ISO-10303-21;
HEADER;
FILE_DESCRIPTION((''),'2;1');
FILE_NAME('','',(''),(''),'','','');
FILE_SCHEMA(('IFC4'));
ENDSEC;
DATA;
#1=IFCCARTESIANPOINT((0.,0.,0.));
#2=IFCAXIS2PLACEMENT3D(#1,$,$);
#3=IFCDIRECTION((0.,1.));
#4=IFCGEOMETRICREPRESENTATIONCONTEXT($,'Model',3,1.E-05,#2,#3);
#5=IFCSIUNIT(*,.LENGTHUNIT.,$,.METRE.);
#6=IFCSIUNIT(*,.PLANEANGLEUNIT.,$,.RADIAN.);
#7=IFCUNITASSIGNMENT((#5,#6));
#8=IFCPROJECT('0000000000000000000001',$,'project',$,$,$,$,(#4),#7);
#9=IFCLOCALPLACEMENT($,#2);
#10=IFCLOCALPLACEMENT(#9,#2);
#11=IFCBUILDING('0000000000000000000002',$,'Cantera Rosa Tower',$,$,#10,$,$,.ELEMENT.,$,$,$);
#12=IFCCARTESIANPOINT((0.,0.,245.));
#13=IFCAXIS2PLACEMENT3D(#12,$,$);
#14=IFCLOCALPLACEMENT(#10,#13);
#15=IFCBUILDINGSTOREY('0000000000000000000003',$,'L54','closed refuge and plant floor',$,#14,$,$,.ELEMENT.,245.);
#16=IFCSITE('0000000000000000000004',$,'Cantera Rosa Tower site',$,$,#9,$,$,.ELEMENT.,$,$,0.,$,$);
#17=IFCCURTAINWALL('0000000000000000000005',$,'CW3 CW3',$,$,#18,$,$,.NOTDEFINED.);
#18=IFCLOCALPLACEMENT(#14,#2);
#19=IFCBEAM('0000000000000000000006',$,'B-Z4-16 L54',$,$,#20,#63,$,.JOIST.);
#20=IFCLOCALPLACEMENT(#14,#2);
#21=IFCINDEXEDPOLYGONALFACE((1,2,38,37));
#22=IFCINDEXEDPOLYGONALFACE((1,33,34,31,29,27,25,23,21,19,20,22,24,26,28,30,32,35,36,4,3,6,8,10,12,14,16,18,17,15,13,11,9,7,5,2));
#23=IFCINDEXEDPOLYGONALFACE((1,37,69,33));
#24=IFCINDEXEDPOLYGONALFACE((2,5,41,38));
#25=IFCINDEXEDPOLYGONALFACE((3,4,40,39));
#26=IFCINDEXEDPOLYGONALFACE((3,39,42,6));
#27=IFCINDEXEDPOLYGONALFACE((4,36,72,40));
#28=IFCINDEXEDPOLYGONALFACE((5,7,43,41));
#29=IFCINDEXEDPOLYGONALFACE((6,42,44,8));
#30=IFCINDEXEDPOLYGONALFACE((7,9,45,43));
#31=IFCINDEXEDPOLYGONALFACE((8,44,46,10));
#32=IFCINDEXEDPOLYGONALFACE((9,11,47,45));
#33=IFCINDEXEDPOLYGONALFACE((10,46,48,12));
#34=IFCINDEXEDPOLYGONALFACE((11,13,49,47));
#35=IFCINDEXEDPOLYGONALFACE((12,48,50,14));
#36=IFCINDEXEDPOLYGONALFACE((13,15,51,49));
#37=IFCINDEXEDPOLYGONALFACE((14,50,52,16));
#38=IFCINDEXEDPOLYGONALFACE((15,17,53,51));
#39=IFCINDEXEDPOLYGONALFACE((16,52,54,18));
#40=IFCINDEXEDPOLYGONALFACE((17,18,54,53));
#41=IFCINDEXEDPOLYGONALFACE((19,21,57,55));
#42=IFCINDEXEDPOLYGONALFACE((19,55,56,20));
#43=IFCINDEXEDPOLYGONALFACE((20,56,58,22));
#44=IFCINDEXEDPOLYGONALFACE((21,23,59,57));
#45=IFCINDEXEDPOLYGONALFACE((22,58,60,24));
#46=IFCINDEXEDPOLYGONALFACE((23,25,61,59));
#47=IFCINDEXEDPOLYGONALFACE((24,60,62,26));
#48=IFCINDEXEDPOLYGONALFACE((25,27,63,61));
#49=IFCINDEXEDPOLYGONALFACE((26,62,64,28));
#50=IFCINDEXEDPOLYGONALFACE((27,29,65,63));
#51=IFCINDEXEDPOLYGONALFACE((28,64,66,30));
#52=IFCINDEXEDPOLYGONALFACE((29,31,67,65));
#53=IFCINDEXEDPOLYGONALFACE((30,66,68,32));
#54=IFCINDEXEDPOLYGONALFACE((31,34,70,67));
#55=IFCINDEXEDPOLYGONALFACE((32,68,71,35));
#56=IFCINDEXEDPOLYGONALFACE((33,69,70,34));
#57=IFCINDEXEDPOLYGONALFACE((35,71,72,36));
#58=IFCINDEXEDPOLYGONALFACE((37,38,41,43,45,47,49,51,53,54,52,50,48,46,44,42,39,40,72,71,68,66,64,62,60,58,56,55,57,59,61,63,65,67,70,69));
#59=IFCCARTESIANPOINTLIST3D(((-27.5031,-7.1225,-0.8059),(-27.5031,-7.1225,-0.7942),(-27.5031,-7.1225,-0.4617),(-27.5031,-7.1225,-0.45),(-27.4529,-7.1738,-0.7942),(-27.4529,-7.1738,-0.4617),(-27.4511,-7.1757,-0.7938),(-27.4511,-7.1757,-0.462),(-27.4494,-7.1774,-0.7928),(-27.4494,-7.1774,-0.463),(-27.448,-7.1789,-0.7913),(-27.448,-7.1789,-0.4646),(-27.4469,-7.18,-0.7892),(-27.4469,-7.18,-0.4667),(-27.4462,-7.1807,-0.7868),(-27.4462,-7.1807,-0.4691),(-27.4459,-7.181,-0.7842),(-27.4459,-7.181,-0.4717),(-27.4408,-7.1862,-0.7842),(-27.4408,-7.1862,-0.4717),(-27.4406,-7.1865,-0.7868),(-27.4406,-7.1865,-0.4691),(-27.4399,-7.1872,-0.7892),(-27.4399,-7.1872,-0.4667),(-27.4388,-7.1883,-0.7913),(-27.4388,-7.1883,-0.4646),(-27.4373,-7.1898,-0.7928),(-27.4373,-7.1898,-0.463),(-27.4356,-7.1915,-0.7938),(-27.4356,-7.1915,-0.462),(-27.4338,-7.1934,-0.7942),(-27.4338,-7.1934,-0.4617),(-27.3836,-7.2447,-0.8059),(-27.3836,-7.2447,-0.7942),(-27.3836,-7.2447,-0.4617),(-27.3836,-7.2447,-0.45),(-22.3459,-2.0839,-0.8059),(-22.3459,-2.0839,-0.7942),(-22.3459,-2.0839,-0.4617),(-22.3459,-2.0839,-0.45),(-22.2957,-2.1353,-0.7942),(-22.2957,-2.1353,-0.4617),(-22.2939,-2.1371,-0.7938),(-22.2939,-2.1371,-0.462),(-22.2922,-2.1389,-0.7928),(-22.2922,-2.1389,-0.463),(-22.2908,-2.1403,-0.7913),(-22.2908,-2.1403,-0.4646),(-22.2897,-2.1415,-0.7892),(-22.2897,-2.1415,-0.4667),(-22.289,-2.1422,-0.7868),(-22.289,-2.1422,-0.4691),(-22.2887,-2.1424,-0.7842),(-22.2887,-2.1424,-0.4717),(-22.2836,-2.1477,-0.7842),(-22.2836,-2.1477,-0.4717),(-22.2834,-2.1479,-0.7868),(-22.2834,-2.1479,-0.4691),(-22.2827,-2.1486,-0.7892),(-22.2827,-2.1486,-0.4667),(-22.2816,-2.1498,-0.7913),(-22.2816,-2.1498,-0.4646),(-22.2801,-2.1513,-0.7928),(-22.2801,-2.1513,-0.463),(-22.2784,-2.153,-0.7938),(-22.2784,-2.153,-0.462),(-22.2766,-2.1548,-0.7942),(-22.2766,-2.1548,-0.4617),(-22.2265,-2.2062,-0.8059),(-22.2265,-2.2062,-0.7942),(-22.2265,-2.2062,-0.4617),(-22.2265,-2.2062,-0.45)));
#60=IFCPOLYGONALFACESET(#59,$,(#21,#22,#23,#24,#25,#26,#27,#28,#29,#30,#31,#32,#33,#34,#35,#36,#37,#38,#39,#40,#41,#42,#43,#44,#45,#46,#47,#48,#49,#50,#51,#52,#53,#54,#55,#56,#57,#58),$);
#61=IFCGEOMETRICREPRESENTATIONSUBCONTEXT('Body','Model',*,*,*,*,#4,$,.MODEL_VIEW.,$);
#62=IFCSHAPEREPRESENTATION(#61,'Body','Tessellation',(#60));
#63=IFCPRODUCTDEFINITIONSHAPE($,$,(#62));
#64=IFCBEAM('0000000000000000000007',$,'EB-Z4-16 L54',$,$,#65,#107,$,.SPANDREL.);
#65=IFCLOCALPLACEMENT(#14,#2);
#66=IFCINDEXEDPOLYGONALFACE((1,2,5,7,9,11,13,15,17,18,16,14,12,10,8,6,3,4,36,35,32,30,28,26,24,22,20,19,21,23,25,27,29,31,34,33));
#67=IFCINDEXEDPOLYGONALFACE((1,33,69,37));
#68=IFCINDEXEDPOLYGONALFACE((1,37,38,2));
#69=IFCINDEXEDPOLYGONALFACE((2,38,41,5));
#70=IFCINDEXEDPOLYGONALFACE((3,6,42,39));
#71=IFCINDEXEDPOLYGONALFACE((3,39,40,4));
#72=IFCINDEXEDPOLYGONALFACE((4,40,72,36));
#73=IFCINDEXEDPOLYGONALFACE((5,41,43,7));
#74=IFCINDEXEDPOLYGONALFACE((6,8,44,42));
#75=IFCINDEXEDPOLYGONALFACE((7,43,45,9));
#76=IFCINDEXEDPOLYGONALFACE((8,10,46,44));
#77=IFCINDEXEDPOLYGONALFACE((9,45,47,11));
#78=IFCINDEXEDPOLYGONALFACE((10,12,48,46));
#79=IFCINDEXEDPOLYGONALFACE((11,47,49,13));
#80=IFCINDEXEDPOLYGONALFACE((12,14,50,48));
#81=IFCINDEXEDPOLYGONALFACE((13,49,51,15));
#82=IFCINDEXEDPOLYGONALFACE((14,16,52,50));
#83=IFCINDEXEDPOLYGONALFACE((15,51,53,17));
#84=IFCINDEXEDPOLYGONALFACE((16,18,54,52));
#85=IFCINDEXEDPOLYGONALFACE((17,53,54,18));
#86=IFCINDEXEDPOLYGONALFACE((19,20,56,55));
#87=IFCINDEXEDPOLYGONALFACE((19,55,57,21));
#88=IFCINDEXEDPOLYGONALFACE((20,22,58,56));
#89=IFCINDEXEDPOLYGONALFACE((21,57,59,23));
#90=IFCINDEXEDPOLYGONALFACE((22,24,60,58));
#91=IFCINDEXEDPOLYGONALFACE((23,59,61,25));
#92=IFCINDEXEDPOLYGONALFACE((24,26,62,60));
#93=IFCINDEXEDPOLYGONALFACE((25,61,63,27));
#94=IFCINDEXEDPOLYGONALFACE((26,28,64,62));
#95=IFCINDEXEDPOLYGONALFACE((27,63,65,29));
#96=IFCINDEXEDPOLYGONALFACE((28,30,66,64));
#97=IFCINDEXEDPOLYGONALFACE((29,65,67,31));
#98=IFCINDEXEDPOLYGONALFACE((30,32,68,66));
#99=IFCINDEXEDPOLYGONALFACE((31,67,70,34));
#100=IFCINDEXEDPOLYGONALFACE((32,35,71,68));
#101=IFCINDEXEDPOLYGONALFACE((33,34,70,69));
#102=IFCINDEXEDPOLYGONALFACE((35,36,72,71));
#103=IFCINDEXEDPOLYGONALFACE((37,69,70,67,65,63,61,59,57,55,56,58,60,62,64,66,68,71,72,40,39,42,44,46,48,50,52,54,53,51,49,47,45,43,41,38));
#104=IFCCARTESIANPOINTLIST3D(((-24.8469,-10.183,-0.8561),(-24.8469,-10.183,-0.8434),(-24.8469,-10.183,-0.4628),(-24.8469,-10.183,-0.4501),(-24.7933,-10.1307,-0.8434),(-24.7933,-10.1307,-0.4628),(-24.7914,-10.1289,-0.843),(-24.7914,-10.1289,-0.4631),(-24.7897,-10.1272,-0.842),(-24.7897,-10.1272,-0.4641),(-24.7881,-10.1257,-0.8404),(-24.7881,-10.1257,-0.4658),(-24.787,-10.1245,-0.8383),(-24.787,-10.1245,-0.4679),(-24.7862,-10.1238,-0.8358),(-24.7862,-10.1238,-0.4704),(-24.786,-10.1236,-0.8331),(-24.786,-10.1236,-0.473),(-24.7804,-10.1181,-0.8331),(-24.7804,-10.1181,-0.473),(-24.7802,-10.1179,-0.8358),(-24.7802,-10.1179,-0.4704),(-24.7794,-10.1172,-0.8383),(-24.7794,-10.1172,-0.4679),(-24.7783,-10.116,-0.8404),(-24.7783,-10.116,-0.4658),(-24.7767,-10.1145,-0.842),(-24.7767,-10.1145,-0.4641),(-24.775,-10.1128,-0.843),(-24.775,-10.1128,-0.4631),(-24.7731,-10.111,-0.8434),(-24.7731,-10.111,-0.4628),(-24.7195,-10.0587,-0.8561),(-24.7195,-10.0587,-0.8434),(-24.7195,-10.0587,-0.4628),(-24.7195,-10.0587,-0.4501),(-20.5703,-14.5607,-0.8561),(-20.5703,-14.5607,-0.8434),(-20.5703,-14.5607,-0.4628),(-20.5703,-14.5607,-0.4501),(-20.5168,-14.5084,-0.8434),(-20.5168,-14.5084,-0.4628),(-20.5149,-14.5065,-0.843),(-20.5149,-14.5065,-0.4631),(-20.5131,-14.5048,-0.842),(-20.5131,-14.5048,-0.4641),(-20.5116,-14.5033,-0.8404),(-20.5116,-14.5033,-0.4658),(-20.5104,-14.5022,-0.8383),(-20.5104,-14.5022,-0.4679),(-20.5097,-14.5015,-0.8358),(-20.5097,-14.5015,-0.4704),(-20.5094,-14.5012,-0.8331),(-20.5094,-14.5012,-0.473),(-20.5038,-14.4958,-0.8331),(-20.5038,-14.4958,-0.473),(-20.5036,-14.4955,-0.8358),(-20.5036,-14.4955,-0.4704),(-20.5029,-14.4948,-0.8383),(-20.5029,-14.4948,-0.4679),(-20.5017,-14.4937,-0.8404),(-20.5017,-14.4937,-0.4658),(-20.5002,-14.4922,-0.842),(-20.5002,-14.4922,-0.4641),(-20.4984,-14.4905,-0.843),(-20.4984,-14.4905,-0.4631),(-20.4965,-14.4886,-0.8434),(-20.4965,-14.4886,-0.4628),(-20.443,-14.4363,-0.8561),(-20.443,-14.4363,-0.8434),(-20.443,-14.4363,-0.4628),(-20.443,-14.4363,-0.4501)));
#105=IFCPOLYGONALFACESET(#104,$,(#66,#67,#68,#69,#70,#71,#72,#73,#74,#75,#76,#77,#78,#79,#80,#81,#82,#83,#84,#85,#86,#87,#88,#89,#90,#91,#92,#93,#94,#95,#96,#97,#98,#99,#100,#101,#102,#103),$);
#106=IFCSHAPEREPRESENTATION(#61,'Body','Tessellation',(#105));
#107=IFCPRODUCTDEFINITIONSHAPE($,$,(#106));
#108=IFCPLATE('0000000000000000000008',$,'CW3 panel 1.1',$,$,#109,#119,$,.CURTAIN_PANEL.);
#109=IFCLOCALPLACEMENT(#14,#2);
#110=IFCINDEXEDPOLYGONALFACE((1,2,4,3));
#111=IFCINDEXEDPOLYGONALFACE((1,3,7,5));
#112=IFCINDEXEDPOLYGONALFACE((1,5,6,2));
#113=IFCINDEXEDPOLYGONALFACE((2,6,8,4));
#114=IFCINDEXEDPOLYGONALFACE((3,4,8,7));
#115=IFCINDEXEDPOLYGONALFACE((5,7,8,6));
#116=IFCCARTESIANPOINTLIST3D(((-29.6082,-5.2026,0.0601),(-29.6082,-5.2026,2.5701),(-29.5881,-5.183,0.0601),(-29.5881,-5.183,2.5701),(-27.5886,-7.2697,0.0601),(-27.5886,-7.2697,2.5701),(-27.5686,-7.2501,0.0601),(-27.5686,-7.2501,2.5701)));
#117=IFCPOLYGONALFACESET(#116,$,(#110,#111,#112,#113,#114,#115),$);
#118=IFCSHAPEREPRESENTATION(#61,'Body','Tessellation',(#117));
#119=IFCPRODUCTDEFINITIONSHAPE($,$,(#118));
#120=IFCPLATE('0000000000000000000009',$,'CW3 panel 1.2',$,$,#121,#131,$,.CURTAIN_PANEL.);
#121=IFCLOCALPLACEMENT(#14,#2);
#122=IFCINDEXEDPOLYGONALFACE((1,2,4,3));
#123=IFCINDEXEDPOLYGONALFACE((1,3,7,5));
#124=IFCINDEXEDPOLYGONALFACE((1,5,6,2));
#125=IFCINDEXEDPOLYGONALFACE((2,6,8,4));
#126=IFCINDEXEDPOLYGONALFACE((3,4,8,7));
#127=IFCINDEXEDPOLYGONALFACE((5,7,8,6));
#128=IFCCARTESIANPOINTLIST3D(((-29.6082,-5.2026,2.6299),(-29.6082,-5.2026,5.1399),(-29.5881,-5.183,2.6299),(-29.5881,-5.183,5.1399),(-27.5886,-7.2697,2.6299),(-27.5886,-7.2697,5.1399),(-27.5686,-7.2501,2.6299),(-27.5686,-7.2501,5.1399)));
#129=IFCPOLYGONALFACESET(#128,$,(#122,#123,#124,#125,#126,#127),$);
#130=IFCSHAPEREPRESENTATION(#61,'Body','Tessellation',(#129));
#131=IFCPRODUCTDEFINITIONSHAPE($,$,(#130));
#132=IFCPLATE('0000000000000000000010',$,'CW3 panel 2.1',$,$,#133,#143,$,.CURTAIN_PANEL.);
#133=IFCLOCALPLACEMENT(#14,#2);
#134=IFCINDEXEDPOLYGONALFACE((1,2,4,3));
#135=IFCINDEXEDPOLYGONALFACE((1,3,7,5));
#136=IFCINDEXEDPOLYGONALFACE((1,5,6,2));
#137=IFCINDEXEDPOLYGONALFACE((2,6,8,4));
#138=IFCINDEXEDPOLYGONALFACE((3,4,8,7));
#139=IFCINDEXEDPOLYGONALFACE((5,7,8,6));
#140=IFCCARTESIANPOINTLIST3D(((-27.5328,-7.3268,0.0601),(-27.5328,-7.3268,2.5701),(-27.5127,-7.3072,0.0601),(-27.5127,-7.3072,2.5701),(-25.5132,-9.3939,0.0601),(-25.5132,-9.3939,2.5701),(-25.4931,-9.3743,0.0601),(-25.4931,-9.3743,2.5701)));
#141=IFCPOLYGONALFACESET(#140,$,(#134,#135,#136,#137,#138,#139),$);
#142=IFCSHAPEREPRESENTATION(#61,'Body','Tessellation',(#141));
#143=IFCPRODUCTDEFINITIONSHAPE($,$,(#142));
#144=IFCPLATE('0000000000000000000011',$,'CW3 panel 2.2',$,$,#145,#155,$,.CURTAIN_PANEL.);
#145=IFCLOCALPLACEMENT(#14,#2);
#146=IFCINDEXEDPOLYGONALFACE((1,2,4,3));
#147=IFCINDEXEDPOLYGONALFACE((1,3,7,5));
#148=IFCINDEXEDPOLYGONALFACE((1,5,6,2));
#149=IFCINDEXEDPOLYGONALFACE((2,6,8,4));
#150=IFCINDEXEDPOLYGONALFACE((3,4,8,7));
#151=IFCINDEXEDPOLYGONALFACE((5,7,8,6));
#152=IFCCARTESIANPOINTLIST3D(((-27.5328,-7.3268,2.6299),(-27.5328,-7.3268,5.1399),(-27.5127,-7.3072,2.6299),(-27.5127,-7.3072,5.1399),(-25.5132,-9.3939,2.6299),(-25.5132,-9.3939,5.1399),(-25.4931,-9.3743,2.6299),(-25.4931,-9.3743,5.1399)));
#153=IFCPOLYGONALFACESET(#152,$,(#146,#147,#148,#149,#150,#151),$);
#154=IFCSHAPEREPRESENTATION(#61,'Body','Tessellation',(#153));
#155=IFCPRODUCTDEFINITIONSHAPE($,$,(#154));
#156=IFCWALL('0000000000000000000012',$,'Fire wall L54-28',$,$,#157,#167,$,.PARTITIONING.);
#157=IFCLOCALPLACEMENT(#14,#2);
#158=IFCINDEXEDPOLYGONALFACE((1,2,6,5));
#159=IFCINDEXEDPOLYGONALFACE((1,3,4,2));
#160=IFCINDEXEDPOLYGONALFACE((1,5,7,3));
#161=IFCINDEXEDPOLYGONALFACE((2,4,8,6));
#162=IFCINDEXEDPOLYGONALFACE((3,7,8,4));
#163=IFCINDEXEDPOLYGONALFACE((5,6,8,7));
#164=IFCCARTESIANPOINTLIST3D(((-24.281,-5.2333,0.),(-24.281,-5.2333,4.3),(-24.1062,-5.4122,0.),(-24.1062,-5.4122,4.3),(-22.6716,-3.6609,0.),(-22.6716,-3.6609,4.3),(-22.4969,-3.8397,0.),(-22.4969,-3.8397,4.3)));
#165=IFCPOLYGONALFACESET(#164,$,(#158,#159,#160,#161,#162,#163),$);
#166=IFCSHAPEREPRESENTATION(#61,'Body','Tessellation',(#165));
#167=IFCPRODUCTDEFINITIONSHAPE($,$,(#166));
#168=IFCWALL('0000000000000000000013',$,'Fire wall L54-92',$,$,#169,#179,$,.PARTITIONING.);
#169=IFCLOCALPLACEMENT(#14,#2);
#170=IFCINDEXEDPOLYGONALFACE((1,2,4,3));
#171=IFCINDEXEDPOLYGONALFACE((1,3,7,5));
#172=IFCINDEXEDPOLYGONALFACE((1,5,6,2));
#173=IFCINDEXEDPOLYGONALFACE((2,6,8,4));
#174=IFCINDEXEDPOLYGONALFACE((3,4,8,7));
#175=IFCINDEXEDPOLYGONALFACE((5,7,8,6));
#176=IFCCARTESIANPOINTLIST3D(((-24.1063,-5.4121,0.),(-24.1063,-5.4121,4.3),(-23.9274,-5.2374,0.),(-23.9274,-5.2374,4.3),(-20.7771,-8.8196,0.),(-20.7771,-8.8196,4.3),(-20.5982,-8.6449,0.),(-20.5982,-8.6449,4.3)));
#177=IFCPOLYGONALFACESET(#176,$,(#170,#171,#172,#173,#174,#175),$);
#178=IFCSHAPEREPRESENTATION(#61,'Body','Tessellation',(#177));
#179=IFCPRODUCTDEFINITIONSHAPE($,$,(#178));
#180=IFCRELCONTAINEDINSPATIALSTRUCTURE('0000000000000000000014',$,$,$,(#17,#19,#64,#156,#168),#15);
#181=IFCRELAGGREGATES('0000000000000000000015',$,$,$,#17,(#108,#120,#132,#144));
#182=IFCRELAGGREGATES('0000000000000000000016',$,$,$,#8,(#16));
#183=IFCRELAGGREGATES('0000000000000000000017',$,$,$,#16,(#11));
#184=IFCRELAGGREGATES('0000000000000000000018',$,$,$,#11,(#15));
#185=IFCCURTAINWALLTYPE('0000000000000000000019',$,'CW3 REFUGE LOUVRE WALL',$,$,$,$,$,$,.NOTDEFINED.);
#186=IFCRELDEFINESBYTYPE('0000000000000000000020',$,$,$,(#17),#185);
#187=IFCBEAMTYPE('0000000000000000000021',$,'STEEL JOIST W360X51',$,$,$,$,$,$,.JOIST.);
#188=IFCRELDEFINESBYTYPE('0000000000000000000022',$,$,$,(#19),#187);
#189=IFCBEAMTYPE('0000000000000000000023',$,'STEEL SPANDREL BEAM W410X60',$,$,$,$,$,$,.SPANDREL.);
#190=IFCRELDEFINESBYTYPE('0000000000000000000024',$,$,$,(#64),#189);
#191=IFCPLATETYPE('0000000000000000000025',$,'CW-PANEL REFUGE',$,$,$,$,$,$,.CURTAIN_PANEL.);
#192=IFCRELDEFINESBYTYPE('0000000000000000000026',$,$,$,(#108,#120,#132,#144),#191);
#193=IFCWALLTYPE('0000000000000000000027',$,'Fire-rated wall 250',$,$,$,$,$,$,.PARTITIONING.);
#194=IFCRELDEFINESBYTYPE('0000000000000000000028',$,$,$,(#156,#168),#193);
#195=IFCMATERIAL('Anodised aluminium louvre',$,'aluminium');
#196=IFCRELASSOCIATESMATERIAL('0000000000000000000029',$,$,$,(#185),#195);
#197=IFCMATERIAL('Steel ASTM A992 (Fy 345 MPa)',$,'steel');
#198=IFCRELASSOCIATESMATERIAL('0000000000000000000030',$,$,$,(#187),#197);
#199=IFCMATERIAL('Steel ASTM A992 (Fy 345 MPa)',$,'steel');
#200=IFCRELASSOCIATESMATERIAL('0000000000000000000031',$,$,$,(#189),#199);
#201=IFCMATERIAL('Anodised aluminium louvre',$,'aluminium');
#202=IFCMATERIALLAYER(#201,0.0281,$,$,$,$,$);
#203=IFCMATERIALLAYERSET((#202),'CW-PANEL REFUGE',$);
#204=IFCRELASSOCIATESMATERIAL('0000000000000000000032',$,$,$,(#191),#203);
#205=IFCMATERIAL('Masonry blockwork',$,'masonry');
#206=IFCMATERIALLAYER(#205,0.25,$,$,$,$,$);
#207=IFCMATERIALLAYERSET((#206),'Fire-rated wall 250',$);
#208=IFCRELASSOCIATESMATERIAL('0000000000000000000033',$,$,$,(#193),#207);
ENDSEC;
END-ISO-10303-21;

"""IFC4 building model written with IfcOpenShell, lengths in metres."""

from ifc_helpers import new_model, si_unit, direction, frame, frame_2d, origin, origin_2d, place, context, subcontext, project, spatial, rectangle, i_section, extrude, material, layer, layer_set, material_profile, profile_set, type_object, element, aggregate, save


model = new_model("IFC4")

# Units and contexts
model_context = context("Model", 3, precision=1e-05, world=origin(), true_north=direction((0.0, 1.0)))
body_context = subcontext(model_context, "Body", "Model", "MODEL_VIEW")
ifc_project = project(units=[si_unit("LENGTHUNIT", "METRE"), si_unit("PLANEANGLEUNIT", "RADIAN")], contexts=[model_context])

# Site, building, storey
site_placement = place(None, origin())
site = spatial("IfcSite", under=ifc_project, at=site_placement, Name="Cantera Rosa Tower site", CompositionType="ELEMENT", RefElevation=0.0)
building_placement = place(site_placement, origin())
building = spatial("IfcBuilding", under=site, at=building_placement, Name="Cantera Rosa Tower", CompositionType="ELEMENT")
storey_placement = place(building_placement, frame((0.0, 0.0, 245.0)))
storey = spatial("IfcBuildingStorey", under=building, at=storey_placement, Name="L54", Description="closed refuge and plant floor", CompositionType="ELEMENT", Elevation=245.0)

# Curtain wall
ifc_material_1 = material(Name="Anodised aluminium louvre", Category="aluminium")
curtain_wall_type = type_object("IfcCurtainWallType", Name="CW3 REFUGE LOUVRE WALL", PredefinedType="NOTDEFINED", material=ifc_material_1)
curtain_wall_1_placement = place(storey_placement, origin())
curtain_wall_1 = element("IfcCurtainWall", 1, at=curtain_wall_1_placement, inside=storey, type_object=curtain_wall_type, Name="CW3 CW3", PredefinedType="NOTDEFINED")

# Beams
ifc_material_2 = material(Name="Steel ASTM A992 (Fy 345 MPa)", Category="steel")
ifc_material_profile_1 = material_profile(ifc_material_2, i_section(OverallWidth=0.1709, OverallDepth=0.356, WebThickness=0.0073, FlangeThickness=0.0117, FilletRadius=0.01, at=origin_2d()), Name="W360X51")
ifc_profile_set_1 = profile_set([ifc_material_profile_1], Name="Steel ASTM A992 (Fy 345 MPa)")
beam_type_1 = type_object("IfcBeamType", Name="STEEL JOIST W360X51", PredefinedType="JOIST", material=ifc_profile_set_1)
beam_1_placement = place(storey_placement, frame((-27.4434, -7.1836, -0.6279), z_axis=(0.715287, 0.698831, 0.0), x_axis=(-0.698831, 0.715287, 0.0)))
element("IfcBeam", 2, at=beam_1_placement, inside=storey, type_object=beam_type_1, Name="B-Z4-16 L54", PredefinedType="JOIST", context=body_context, shape_type="SweptSolid", body=[
    extrude(i_section(OverallWidth=0.1709, OverallDepth=0.356, WebThickness=0.0073, FlangeThickness=0.0117, FilletRadius=0.01, at=origin_2d()), origin(), (0.0, 0.0, 1.0), 7.21),
])
ifc_material_3 = material(Name="Steel ASTM A992 (Fy 345 MPa)", Category="steel")
ifc_material_profile_2 = material_profile(ifc_material_3, i_section(OverallWidth=0.178, OverallDepth=0.406, WebThickness=0.0078, FlangeThickness=0.0127, FilletRadius=0.0103, at=origin_2d()), Name="W410X60")
ifc_profile_set_2 = profile_set([ifc_material_profile_2], Name="Steel ASTM A992 (Fy 345 MPa)")
beam_type_2 = type_object("IfcBeamType", Name="STEEL SPANDREL BEAM W410X60", PredefinedType="SPANDREL", material=ifc_profile_set_2)
beam_2_placement = place(storey_placement, frame((-24.7832, -10.1208, -0.6531), z_axis=(0.698801, -0.715316, 0.0), x_axis=(0.715316, 0.698801, 0.0)))
element("IfcBeam", 3, at=beam_2_placement, inside=storey, type_object=beam_type_2, Name="EB-Z4-16 L54", PredefinedType="SPANDREL", context=body_context, shape_type="SweptSolid", body=[
    extrude(i_section(OverallWidth=0.178, OverallDepth=0.406, WebThickness=0.0078, FlangeThickness=0.0127, FilletRadius=0.0103, at=origin_2d()), origin(), (0.0, 0.0, 1.0), 6.1199),
])

# Plates
ifc_material_4 = material(Name="Anodised aluminium louvre", Category="aluminium")
ifc_layer_1 = layer(ifc_material_4, 0.0281)
ifc_layer_set_1 = layer_set([ifc_layer_1], Name="CW-PANEL REFUGE")
plate_type = type_object("IfcPlateType", Name="CW-PANEL REFUGE", PredefinedType="CURTAIN_PANEL", material=ifc_layer_set_1)
plate_1_placement = place(storey_placement, frame((-28.5884, -6.2263, 0.0601), z_axis=(0.0, 0.0, 1.0), x_axis=(0.698832, -0.715286, 0.0)))
plate_1 = element("IfcPlate", 4, at=plate_1_placement, type_object=plate_type, Name="CW3 panel 1.1", PredefinedType="CURTAIN_PANEL", context=body_context, shape_type="SweptSolid", body=[
    extrude(rectangle(XDim=2.8899, YDim=0.0281, at=origin_2d()), origin(), (0.0, 0.0, 1.0), 2.51),
])
plate_2_placement = place(storey_placement, frame((-28.5884, -6.2263, 2.6299), z_axis=(0.0, 0.0, 1.0), x_axis=(0.698832, -0.715286, 0.0)))
plate_2 = element("IfcPlate", 5, at=plate_2_placement, type_object=plate_type, Name="CW3 panel 1.2", PredefinedType="CURTAIN_PANEL", context=body_context, shape_type="SweptSolid", body=[
    extrude(rectangle(XDim=2.8899, YDim=0.0281, at=origin_2d()), origin(), (0.0, 0.0, 1.0), 2.51),
])
plate_3_placement = place(storey_placement, frame((-26.5129, -8.3506, 0.0601), z_axis=(0.0, 0.0, 1.0), x_axis=(0.698832, -0.715286, 0.0)))
plate_3 = element("IfcPlate", 6, at=plate_3_placement, type_object=plate_type, Name="CW3 panel 2.1", PredefinedType="CURTAIN_PANEL", context=body_context, shape_type="SweptSolid", body=[
    extrude(rectangle(XDim=2.8899, YDim=0.0281, at=origin_2d()), origin(), (0.0, 0.0, 1.0), 2.51),
])
plate_4_placement = place(storey_placement, frame((-26.5129, -8.3506, 2.6299), z_axis=(0.0, 0.0, 1.0), x_axis=(0.698832, -0.715286, 0.0)))
plate_4 = element("IfcPlate", 7, at=plate_4_placement, type_object=plate_type, Name="CW3 panel 2.2", PredefinedType="CURTAIN_PANEL", context=body_context, shape_type="SweptSolid", body=[
    extrude(rectangle(XDim=2.8899, YDim=0.0281, at=origin_2d()), origin(), (0.0, 0.0, 1.0), 2.51),
])
aggregate(curtain_wall_1, [plate_1, plate_2, plate_3, plate_4])

# Walls
ifc_material_5 = material(Name="Masonry blockwork", Category="masonry")
ifc_layer_2 = layer(ifc_material_5, 0.25)
ifc_layer_set_2 = layer_set([ifc_layer_2], Name="Fire-rated wall 250")
wall_type = type_object("IfcWallType", Name="Fire-rated wall 250", PredefinedType="PARTITIONING", material=ifc_layer_set_2)
wall_1_placement = place(storey_placement, frame((-24.1936, -5.3228, 0.0), z_axis=(0.0, 0.0, 1.0), x_axis=(0.715251, 0.698867, 0.0)))
element("IfcWall", 8, at=wall_1_placement, inside=storey, type_object=wall_type, Name="Fire wall L54-28", PredefinedType="PARTITIONING", context=body_context, shape_type="SweptSolid", body=[
    extrude(rectangle(XDim=2.25, YDim=0.25, at=frame_2d((1.125, 0.0))), origin(), (0.0, 0.0, 1.0), 4.3),
])
wall_2_placement = place(storey_placement, frame((-20.6877, -8.7322, 0.0), z_axis=(0.0, 0.0, 1.0), x_axis=(-0.698833, 0.715284, 0.0)))
element("IfcWall", 9, at=wall_2_placement, inside=storey, type_object=wall_type, Name="Fire wall L54-92", PredefinedType="PARTITIONING", context=body_context, shape_type="SweptSolid", body=[
    extrude(rectangle(XDim=4.7639, YDim=0.25, at=frame_2d((2.3818, 0.0))), origin(), (0.0, 0.0, 1.0), 4.3),
])

save(model, "model.ifc")
